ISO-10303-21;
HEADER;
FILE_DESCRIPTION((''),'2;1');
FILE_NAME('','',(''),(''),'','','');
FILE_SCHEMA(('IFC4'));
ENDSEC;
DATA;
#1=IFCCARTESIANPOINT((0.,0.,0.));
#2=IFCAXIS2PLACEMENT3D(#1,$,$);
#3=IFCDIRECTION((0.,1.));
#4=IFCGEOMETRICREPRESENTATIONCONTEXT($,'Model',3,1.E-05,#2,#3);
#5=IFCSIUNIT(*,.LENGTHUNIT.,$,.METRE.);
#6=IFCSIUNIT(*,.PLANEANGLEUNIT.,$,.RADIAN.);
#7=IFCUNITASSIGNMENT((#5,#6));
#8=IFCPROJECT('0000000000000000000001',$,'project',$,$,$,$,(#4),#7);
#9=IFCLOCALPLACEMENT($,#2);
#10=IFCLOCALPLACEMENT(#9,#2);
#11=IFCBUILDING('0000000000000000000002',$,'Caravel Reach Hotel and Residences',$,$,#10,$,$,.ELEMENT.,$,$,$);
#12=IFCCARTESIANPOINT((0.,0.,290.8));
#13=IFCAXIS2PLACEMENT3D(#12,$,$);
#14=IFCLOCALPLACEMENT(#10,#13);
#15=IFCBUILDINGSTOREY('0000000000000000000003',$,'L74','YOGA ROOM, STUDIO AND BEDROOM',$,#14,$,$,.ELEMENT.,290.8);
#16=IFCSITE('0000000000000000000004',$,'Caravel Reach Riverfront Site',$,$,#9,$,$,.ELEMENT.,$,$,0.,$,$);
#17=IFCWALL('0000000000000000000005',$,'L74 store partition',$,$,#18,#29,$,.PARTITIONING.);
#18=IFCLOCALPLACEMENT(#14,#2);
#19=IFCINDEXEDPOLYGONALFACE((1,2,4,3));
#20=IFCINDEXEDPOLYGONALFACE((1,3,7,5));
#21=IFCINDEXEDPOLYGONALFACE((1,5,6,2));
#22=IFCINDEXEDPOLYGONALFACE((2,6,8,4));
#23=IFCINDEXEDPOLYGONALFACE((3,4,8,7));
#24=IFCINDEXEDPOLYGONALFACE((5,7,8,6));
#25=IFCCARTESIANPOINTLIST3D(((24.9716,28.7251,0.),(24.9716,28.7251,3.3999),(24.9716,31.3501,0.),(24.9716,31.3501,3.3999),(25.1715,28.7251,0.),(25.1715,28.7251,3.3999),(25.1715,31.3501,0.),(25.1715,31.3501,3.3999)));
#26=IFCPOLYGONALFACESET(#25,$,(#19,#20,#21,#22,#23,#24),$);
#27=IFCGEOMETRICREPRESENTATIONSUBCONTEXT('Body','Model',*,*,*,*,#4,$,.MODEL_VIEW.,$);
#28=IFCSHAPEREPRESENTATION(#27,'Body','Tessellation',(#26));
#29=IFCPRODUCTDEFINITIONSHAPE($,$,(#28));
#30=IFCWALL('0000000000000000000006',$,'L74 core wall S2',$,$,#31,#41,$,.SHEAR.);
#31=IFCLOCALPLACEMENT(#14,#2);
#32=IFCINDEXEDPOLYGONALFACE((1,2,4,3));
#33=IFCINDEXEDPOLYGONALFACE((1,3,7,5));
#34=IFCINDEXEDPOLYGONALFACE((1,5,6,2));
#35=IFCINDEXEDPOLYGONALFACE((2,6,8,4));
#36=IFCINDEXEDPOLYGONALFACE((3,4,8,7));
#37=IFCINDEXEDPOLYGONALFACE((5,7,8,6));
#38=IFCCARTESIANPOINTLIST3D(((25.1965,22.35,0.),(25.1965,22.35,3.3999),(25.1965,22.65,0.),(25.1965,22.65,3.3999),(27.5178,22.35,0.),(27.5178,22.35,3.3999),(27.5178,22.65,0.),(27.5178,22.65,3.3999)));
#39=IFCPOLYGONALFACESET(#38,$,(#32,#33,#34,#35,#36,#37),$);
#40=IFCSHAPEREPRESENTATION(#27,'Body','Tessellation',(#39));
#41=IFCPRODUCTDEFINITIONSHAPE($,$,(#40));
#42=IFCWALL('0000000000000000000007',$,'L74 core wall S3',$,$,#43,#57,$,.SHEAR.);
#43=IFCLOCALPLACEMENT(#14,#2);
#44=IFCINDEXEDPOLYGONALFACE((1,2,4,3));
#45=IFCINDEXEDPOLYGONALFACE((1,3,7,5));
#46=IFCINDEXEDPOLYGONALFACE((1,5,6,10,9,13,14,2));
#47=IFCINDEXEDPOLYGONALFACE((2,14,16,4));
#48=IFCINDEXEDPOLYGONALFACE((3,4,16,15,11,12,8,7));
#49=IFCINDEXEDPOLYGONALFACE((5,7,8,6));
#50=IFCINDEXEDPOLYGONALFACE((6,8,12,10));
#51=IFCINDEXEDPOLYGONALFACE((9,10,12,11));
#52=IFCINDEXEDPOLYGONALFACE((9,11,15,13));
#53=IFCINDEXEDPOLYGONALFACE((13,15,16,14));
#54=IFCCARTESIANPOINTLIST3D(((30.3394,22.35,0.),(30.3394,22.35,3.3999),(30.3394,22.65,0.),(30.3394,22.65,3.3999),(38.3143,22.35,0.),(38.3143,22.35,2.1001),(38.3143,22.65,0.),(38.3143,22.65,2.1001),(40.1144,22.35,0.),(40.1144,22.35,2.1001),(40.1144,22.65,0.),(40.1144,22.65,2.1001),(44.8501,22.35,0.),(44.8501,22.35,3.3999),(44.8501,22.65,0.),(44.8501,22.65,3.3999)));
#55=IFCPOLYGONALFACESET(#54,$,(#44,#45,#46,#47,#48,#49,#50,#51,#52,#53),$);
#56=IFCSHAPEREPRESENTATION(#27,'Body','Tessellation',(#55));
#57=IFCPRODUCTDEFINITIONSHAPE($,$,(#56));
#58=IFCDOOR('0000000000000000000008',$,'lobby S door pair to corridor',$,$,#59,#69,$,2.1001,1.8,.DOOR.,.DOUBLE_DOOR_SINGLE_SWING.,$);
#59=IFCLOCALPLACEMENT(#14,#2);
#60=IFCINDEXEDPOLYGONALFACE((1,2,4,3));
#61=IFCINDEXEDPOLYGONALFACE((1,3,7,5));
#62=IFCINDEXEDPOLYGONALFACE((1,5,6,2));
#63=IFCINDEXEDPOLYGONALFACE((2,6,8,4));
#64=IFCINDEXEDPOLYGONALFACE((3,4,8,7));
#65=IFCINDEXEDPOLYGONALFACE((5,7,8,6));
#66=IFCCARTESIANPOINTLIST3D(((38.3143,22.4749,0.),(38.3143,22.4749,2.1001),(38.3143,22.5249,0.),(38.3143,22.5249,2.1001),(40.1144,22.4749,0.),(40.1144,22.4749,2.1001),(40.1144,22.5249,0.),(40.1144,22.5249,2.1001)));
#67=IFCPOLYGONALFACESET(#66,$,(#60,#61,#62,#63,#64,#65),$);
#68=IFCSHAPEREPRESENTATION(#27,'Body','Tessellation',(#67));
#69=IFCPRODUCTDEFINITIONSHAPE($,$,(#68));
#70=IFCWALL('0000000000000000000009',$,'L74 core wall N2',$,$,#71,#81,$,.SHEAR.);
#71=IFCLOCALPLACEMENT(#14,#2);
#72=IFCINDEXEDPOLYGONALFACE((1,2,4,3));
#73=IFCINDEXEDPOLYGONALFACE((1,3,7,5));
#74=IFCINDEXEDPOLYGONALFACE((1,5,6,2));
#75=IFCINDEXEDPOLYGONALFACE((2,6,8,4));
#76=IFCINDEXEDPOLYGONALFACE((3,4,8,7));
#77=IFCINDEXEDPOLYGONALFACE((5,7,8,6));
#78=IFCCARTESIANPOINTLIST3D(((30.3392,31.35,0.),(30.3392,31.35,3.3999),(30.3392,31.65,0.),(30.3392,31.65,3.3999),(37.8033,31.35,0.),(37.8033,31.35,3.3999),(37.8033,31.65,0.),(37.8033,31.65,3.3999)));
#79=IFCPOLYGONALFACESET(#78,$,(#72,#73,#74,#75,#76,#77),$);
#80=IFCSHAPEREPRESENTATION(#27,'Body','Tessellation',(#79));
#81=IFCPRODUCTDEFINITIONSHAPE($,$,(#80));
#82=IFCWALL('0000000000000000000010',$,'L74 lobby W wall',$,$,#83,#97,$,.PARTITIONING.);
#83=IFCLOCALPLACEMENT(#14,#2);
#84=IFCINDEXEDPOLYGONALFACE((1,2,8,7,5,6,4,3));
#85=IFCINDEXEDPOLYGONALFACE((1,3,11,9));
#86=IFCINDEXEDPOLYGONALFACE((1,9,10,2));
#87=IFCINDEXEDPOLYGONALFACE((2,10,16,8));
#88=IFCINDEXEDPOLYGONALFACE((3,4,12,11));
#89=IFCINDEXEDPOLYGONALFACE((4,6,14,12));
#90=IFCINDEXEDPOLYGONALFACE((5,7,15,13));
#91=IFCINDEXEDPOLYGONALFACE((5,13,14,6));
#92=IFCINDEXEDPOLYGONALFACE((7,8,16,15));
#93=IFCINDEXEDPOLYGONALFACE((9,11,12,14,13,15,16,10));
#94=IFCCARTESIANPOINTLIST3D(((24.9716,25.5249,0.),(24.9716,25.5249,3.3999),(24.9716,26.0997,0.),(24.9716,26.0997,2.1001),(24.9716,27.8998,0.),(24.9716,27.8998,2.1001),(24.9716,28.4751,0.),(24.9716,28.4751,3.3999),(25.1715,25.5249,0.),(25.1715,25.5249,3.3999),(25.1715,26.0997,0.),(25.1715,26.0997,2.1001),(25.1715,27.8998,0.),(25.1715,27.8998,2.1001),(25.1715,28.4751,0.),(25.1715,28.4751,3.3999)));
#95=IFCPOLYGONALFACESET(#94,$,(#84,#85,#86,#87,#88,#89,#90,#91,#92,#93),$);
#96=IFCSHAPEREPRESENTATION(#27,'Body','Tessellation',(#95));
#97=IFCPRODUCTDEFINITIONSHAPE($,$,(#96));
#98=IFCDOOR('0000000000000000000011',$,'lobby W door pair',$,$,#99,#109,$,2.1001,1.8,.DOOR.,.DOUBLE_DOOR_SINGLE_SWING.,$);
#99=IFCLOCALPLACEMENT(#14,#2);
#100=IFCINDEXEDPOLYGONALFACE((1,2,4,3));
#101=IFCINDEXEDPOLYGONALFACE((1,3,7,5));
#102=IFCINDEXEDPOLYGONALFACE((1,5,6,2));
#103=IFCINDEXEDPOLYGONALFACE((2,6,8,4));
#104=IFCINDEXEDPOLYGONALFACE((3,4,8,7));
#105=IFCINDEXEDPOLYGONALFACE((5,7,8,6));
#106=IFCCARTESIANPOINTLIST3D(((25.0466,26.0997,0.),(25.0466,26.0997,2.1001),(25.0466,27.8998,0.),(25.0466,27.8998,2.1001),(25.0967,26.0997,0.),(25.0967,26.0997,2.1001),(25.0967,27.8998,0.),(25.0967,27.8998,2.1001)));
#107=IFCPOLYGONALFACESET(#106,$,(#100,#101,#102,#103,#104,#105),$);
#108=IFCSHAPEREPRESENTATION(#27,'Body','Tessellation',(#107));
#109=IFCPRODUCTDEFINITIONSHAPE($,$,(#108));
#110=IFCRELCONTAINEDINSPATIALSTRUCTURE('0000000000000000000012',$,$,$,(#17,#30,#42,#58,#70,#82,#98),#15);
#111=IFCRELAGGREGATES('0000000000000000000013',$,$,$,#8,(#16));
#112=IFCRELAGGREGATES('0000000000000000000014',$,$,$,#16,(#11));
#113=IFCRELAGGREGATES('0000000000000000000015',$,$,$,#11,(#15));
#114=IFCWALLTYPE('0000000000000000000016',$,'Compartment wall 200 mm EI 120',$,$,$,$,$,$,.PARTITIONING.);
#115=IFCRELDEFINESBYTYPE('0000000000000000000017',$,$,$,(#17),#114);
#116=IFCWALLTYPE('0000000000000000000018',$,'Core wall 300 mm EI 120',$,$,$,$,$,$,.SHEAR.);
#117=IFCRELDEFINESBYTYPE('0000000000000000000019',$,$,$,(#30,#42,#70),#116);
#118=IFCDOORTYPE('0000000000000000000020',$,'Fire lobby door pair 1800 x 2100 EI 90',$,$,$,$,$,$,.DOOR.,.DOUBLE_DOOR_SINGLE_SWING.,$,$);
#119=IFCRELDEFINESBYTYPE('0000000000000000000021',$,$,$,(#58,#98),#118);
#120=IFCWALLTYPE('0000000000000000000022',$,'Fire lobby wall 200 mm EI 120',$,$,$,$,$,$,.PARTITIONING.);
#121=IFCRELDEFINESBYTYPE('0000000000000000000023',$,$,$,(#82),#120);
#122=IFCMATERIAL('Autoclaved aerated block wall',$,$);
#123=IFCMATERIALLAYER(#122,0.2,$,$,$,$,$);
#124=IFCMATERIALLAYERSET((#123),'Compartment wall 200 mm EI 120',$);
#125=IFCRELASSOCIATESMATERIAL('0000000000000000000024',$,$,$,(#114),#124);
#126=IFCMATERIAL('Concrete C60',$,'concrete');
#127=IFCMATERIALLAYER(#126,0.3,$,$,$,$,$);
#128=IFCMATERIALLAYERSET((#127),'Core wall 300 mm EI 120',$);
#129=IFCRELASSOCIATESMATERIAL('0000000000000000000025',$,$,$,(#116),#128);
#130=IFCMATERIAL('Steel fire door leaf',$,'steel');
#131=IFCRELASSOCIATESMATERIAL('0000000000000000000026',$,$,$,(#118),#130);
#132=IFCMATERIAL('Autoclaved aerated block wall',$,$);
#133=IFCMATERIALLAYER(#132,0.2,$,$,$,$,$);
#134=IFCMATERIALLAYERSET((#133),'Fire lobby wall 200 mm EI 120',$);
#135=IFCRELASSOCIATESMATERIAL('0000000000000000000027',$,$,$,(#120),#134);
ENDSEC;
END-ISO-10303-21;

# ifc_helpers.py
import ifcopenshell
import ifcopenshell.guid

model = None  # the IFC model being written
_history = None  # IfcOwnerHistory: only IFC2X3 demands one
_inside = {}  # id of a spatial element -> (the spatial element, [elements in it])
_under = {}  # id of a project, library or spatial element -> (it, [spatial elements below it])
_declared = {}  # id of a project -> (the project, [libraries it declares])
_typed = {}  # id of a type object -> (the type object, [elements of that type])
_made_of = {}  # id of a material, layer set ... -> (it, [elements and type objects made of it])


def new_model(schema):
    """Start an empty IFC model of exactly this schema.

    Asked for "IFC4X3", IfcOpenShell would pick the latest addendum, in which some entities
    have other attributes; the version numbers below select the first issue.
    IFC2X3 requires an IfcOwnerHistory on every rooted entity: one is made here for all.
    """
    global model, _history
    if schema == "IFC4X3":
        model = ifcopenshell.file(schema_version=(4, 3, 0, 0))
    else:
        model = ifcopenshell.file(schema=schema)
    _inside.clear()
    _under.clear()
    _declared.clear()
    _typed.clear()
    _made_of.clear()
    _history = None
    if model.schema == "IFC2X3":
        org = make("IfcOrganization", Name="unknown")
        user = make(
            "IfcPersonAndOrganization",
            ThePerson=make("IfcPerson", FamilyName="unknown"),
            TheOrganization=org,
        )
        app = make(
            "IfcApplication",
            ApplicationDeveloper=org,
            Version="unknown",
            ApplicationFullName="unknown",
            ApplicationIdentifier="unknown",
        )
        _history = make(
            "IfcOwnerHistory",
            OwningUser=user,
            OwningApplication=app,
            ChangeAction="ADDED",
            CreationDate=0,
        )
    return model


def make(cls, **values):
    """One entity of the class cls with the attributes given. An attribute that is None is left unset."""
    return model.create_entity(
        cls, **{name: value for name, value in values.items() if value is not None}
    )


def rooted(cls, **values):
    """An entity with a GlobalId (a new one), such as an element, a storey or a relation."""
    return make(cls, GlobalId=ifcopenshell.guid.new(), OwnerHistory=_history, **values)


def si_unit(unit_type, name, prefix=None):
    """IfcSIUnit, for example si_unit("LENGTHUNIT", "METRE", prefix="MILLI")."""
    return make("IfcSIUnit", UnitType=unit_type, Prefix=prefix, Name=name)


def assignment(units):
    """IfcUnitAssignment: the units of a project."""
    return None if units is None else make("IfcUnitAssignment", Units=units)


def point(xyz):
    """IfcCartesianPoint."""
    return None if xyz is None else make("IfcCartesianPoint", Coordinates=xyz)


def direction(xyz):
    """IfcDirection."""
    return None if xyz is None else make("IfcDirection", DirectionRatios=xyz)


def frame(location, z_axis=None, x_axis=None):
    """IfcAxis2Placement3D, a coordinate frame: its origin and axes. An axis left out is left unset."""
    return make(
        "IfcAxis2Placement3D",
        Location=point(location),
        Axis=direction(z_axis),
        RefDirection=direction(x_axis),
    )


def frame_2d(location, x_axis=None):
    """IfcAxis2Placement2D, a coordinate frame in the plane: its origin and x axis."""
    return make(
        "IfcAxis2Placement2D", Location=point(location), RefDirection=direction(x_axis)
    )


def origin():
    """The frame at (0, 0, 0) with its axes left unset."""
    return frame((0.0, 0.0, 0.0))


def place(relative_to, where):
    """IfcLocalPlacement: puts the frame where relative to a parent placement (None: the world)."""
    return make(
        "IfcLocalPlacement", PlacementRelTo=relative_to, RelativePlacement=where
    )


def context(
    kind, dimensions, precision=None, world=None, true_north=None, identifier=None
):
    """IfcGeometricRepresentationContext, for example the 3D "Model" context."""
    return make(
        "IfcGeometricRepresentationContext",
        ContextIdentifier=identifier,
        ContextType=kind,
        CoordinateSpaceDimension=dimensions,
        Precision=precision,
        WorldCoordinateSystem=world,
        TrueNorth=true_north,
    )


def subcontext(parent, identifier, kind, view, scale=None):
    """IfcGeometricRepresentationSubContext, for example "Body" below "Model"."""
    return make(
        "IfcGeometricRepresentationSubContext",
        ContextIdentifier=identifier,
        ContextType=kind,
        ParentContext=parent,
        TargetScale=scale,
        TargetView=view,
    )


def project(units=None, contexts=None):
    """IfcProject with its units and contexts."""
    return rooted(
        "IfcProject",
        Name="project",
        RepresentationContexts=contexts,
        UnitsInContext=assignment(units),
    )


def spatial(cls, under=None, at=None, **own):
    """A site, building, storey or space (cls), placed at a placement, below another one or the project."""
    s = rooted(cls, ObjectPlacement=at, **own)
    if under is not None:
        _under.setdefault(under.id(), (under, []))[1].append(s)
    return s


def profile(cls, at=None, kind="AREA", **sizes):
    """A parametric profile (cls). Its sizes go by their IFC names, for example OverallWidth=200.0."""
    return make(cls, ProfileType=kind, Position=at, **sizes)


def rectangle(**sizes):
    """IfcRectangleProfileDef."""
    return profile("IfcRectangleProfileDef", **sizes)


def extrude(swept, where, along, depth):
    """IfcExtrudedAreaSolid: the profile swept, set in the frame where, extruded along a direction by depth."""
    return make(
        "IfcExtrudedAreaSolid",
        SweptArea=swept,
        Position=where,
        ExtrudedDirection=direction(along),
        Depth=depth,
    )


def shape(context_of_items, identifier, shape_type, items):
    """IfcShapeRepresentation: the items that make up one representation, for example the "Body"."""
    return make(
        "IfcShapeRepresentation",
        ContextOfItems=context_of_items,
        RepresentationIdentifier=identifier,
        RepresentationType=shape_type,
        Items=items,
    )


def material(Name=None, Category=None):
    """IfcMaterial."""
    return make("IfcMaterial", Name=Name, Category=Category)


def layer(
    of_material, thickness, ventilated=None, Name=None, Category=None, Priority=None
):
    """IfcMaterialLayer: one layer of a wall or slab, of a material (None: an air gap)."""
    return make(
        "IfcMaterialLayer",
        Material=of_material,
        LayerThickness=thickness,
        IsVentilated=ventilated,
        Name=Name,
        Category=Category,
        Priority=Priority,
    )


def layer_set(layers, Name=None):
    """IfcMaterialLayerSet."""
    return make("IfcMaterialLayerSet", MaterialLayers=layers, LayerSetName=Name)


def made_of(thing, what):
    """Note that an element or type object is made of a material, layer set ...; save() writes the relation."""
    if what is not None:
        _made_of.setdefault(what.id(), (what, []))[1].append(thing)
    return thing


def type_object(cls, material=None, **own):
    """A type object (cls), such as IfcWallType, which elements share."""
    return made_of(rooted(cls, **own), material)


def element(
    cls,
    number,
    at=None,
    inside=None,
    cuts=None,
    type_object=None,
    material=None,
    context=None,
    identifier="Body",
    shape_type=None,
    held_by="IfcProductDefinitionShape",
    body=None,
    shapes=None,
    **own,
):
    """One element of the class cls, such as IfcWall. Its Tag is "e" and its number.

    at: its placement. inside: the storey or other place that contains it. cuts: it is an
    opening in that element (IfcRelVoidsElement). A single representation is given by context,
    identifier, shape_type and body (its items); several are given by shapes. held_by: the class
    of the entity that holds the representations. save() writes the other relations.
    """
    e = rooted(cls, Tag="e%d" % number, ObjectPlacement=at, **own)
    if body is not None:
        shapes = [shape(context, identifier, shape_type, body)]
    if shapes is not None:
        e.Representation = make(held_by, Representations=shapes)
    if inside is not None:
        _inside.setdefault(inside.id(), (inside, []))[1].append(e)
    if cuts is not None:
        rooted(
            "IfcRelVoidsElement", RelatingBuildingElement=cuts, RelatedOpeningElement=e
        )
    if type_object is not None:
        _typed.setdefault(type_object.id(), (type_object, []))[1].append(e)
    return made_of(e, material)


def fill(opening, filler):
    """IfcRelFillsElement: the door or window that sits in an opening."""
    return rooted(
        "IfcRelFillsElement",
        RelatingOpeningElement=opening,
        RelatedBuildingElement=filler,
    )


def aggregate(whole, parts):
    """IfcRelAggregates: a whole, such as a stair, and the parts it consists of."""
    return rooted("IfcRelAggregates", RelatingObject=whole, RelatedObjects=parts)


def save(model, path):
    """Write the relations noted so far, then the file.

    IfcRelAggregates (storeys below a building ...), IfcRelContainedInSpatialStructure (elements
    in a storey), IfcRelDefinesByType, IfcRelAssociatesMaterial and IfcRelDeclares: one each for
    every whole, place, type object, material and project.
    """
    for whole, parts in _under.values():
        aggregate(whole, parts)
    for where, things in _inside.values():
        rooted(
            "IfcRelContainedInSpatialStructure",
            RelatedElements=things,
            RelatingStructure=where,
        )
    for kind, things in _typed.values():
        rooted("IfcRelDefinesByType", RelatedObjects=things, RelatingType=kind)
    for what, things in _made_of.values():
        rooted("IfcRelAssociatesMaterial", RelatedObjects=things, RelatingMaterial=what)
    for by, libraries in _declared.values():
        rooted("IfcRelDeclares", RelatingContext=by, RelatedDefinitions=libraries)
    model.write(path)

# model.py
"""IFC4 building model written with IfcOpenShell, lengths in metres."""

from ifc_helpers import new_model, si_unit, direction, frame, frame_2d, origin, place, context, subcontext, project, spatial, rectangle, extrude, material, layer, layer_set, type_object, element, fill, save


model = new_model("IFC4")

# Units and contexts
model_context = context("Model", 3, precision=1e-05, world=origin(), true_north=direction((0.0, 1.0)))
body_context = subcontext(model_context, "Body", "Model", "MODEL_VIEW")
ifc_project = project(units=[si_unit("LENGTHUNIT", "METRE"), si_unit("PLANEANGLEUNIT", "RADIAN")], contexts=[model_context])

# Site, building, storey
site_placement = place(None, origin())
site = spatial("IfcSite", under=ifc_project, at=site_placement, Name="Caravel Reach Riverfront Site", CompositionType="ELEMENT", RefElevation=0.0)
building_placement = place(site_placement, origin())
building = spatial("IfcBuilding", under=site, at=building_placement, Name="Caravel Reach Hotel and Residences", CompositionType="ELEMENT")
storey_placement = place(building_placement, frame((0.0, 0.0, 290.8)))
storey = spatial("IfcBuildingStorey", under=building, at=storey_placement, Name="L74", Description="YOGA ROOM, STUDIO AND BEDROOM", CompositionType="ELEMENT", Elevation=290.8)

# Walls
ifc_material_1 = material(Name="Autoclaved aerated block wall")
ifc_layer_1 = layer(ifc_material_1, 0.2)
ifc_layer_set_1 = layer_set([ifc_layer_1], Name="Compartment wall 200 mm EI 120")
wall_type_1 = type_object("IfcWallType", Name="Compartment wall 200 mm EI 120", PredefinedType="PARTITIONING", material=ifc_layer_set_1)
wall_1_placement = place(storey_placement, frame((25.0715, 28.7251, 0.0), z_axis=(0.0, 0.0, 1.0), x_axis=(0.0, 1.0, 0.0)))
element("IfcWall", 1, at=wall_1_placement, inside=storey, type_object=wall_type_1, Name="L74 store partition", PredefinedType="PARTITIONING", context=body_context, shape_type="SweptSolid", body=[
    extrude(rectangle(XDim=2.625, YDim=0.2, at=frame_2d((1.3125, 0.0))), origin(), (0.0, 0.0, 1.0), 3.3999),
])
ifc_material_2 = material(Name="Concrete C60", Category="concrete")
ifc_layer_2 = layer(ifc_material_2, 0.3)
ifc_layer_set_2 = layer_set([ifc_layer_2], Name="Core wall 300 mm EI 120")
wall_type_2 = type_object("IfcWallType", Name="Core wall 300 mm EI 120", PredefinedType="SHEAR", material=ifc_layer_set_2)
wall_2_placement = place(storey_placement, frame((25.1965, 22.5, 0.0), z_axis=(0.0, 0.0, 1.0), x_axis=(1.0, 0.0, 0.0)))
element("IfcWall", 2, at=wall_2_placement, inside=storey, type_object=wall_type_2, Name="L74 core wall S2", PredefinedType="SHEAR", context=body_context, shape_type="SweptSolid", body=[
    extrude(rectangle(XDim=2.3213, YDim=0.3, at=frame_2d((1.1606, 0.0))), origin(), (0.0, 0.0, 1.0), 3.3999),
])

# Wall, opening, door
wall_3_placement = place(storey_placement, frame((30.3394, 22.5, 0.0), z_axis=(0.0, 0.0, 1.0), x_axis=(1.0, 0.0, 0.0)))
wall_3 = element("IfcWall", 3, at=wall_3_placement, inside=storey, type_object=wall_type_2, Name="L74 core wall S3", PredefinedType="SHEAR", context=body_context, shape_type="SweptSolid", body=[
    extrude(rectangle(XDim=14.5107, YDim=0.3, at=frame_2d((7.2554, 0.0))), origin(), (0.0, 0.0, 1.0), 3.3999),
])
opening_1_placement = place(wall_3_placement, frame((7.9751, 0.0, 0.0)))
opening_1 = element("IfcOpeningElement", 4, at=opening_1_placement, cuts=wall_3, PredefinedType="OPENING", context=body_context, shape_type="SweptSolid", body=[
    extrude(rectangle(XDim=1.8, YDim=2.1001, at=frame_2d((0.8999, 1.05))), frame((0.0, 0.1599, 0.0), z_axis=(0.0, -1.0, 0.0), x_axis=(1.0, 0.0, 0.0)), (0.0, 0.0, 1.0), 0.3201),
])
ifc_material_3 = material(Name="Steel fire door leaf", Category="steel")
door_type_1 = type_object("IfcDoorType", Name="Fire lobby door pair 1800 x 2100 EI 90", OperationType="DOUBLE_DOOR_SINGLE_SWING", PredefinedType="DOOR", material=ifc_material_3)
door_1_placement = place(opening_1_placement, origin())
door_1 = element("IfcDoor", 5, at=door_1_placement, inside=storey, type_object=door_type_1, Name="lobby S door pair to corridor", OperationType="DOUBLE_DOOR_SINGLE_SWING", OverallHeight=2.1001, OverallWidth=1.8, PredefinedType="DOOR", context=body_context, shape_type="SweptSolid", body=[
    extrude(rectangle(XDim=1.8, YDim=2.1001, at=frame_2d((0.8999, 1.05))), frame((0.0, 0.0249, 0.0), z_axis=(0.0, -1.0, 0.0), x_axis=(1.0, 0.0, 0.0)), (0.0, 0.0, 1.0), 0.05),
])
fill(opening_1, door_1)

# Wall
wall_4_placement = place(storey_placement, frame((30.3394, 31.5, 0.0), z_axis=(0.0, 0.0, 1.0), x_axis=(1.0, 0.0, 0.0)))
element("IfcWall", 6, at=wall_4_placement, inside=storey, type_object=wall_type_2, Name="L74 core wall N2", PredefinedType="SHEAR", context=body_context, shape_type="SweptSolid", body=[
    extrude(rectangle(XDim=7.4641, YDim=0.3, at=frame_2d((3.7319, 0.0))), origin(), (0.0, 0.0, 1.0), 3.3999),
])

# Wall, opening, door
ifc_material_4 = material(Name="Autoclaved aerated block wall")
ifc_layer_3 = layer(ifc_material_4, 0.2)
ifc_layer_set_3 = layer_set([ifc_layer_3], Name="Fire lobby wall 200 mm EI 120")
wall_type_3 = type_object("IfcWallType", Name="Fire lobby wall 200 mm EI 120", PredefinedType="PARTITIONING", material=ifc_layer_set_3)
wall_5_placement = place(storey_placement, frame((25.0715, 25.5249, 0.0), z_axis=(0.0, 0.0, 1.0), x_axis=(0.0, 1.0, 0.0)))
wall_5 = element("IfcWall", 7, at=wall_5_placement, inside=storey, type_object=wall_type_3, Name="L74 lobby W wall", PredefinedType="PARTITIONING", context=body_context, shape_type="SweptSolid", body=[
    extrude(rectangle(XDim=2.9502, YDim=0.2, at=frame_2d((1.4751, 0.0))), origin(), (0.0, 0.0, 1.0), 3.3999),
])
opening_2_placement = place(wall_5_placement, frame((0.575, 0.0, 0.0)))
opening_2 = element("IfcOpeningElement", 8, at=opening_2_placement, cuts=wall_5, PredefinedType="OPENING", context=body_context, shape_type="SweptSolid", body=[
    extrude(rectangle(XDim=1.8, YDim=2.1001, at=frame_2d((0.8999, 1.05))), frame((0.0, 0.1099, 0.0), z_axis=(0.0, -1.0, 0.0), x_axis=(1.0, 0.0, 0.0)), (0.0, 0.0, 1.0), 0.22),
])
door_2_placement = place(opening_2_placement, origin())
door_2 = element("IfcDoor", 9, at=door_2_placement, inside=storey, type_object=door_type_1, Name="lobby W door pair", OperationType="DOUBLE_DOOR_SINGLE_SWING", OverallHeight=2.1001, OverallWidth=1.8, PredefinedType="DOOR", context=body_context, shape_type="SweptSolid", body=[
    extrude(rectangle(XDim=1.8, YDim=2.1001, at=frame_2d((0.8999, 1.05))), frame((0.0, 0.0249, 0.0), z_axis=(0.0, -1.0, 0.0), x_axis=(1.0, 0.0, 0.0)), (0.0, 0.0, 1.0), 0.05),
])
fill(opening_2, door_2)

save(model, "model.ifc")
